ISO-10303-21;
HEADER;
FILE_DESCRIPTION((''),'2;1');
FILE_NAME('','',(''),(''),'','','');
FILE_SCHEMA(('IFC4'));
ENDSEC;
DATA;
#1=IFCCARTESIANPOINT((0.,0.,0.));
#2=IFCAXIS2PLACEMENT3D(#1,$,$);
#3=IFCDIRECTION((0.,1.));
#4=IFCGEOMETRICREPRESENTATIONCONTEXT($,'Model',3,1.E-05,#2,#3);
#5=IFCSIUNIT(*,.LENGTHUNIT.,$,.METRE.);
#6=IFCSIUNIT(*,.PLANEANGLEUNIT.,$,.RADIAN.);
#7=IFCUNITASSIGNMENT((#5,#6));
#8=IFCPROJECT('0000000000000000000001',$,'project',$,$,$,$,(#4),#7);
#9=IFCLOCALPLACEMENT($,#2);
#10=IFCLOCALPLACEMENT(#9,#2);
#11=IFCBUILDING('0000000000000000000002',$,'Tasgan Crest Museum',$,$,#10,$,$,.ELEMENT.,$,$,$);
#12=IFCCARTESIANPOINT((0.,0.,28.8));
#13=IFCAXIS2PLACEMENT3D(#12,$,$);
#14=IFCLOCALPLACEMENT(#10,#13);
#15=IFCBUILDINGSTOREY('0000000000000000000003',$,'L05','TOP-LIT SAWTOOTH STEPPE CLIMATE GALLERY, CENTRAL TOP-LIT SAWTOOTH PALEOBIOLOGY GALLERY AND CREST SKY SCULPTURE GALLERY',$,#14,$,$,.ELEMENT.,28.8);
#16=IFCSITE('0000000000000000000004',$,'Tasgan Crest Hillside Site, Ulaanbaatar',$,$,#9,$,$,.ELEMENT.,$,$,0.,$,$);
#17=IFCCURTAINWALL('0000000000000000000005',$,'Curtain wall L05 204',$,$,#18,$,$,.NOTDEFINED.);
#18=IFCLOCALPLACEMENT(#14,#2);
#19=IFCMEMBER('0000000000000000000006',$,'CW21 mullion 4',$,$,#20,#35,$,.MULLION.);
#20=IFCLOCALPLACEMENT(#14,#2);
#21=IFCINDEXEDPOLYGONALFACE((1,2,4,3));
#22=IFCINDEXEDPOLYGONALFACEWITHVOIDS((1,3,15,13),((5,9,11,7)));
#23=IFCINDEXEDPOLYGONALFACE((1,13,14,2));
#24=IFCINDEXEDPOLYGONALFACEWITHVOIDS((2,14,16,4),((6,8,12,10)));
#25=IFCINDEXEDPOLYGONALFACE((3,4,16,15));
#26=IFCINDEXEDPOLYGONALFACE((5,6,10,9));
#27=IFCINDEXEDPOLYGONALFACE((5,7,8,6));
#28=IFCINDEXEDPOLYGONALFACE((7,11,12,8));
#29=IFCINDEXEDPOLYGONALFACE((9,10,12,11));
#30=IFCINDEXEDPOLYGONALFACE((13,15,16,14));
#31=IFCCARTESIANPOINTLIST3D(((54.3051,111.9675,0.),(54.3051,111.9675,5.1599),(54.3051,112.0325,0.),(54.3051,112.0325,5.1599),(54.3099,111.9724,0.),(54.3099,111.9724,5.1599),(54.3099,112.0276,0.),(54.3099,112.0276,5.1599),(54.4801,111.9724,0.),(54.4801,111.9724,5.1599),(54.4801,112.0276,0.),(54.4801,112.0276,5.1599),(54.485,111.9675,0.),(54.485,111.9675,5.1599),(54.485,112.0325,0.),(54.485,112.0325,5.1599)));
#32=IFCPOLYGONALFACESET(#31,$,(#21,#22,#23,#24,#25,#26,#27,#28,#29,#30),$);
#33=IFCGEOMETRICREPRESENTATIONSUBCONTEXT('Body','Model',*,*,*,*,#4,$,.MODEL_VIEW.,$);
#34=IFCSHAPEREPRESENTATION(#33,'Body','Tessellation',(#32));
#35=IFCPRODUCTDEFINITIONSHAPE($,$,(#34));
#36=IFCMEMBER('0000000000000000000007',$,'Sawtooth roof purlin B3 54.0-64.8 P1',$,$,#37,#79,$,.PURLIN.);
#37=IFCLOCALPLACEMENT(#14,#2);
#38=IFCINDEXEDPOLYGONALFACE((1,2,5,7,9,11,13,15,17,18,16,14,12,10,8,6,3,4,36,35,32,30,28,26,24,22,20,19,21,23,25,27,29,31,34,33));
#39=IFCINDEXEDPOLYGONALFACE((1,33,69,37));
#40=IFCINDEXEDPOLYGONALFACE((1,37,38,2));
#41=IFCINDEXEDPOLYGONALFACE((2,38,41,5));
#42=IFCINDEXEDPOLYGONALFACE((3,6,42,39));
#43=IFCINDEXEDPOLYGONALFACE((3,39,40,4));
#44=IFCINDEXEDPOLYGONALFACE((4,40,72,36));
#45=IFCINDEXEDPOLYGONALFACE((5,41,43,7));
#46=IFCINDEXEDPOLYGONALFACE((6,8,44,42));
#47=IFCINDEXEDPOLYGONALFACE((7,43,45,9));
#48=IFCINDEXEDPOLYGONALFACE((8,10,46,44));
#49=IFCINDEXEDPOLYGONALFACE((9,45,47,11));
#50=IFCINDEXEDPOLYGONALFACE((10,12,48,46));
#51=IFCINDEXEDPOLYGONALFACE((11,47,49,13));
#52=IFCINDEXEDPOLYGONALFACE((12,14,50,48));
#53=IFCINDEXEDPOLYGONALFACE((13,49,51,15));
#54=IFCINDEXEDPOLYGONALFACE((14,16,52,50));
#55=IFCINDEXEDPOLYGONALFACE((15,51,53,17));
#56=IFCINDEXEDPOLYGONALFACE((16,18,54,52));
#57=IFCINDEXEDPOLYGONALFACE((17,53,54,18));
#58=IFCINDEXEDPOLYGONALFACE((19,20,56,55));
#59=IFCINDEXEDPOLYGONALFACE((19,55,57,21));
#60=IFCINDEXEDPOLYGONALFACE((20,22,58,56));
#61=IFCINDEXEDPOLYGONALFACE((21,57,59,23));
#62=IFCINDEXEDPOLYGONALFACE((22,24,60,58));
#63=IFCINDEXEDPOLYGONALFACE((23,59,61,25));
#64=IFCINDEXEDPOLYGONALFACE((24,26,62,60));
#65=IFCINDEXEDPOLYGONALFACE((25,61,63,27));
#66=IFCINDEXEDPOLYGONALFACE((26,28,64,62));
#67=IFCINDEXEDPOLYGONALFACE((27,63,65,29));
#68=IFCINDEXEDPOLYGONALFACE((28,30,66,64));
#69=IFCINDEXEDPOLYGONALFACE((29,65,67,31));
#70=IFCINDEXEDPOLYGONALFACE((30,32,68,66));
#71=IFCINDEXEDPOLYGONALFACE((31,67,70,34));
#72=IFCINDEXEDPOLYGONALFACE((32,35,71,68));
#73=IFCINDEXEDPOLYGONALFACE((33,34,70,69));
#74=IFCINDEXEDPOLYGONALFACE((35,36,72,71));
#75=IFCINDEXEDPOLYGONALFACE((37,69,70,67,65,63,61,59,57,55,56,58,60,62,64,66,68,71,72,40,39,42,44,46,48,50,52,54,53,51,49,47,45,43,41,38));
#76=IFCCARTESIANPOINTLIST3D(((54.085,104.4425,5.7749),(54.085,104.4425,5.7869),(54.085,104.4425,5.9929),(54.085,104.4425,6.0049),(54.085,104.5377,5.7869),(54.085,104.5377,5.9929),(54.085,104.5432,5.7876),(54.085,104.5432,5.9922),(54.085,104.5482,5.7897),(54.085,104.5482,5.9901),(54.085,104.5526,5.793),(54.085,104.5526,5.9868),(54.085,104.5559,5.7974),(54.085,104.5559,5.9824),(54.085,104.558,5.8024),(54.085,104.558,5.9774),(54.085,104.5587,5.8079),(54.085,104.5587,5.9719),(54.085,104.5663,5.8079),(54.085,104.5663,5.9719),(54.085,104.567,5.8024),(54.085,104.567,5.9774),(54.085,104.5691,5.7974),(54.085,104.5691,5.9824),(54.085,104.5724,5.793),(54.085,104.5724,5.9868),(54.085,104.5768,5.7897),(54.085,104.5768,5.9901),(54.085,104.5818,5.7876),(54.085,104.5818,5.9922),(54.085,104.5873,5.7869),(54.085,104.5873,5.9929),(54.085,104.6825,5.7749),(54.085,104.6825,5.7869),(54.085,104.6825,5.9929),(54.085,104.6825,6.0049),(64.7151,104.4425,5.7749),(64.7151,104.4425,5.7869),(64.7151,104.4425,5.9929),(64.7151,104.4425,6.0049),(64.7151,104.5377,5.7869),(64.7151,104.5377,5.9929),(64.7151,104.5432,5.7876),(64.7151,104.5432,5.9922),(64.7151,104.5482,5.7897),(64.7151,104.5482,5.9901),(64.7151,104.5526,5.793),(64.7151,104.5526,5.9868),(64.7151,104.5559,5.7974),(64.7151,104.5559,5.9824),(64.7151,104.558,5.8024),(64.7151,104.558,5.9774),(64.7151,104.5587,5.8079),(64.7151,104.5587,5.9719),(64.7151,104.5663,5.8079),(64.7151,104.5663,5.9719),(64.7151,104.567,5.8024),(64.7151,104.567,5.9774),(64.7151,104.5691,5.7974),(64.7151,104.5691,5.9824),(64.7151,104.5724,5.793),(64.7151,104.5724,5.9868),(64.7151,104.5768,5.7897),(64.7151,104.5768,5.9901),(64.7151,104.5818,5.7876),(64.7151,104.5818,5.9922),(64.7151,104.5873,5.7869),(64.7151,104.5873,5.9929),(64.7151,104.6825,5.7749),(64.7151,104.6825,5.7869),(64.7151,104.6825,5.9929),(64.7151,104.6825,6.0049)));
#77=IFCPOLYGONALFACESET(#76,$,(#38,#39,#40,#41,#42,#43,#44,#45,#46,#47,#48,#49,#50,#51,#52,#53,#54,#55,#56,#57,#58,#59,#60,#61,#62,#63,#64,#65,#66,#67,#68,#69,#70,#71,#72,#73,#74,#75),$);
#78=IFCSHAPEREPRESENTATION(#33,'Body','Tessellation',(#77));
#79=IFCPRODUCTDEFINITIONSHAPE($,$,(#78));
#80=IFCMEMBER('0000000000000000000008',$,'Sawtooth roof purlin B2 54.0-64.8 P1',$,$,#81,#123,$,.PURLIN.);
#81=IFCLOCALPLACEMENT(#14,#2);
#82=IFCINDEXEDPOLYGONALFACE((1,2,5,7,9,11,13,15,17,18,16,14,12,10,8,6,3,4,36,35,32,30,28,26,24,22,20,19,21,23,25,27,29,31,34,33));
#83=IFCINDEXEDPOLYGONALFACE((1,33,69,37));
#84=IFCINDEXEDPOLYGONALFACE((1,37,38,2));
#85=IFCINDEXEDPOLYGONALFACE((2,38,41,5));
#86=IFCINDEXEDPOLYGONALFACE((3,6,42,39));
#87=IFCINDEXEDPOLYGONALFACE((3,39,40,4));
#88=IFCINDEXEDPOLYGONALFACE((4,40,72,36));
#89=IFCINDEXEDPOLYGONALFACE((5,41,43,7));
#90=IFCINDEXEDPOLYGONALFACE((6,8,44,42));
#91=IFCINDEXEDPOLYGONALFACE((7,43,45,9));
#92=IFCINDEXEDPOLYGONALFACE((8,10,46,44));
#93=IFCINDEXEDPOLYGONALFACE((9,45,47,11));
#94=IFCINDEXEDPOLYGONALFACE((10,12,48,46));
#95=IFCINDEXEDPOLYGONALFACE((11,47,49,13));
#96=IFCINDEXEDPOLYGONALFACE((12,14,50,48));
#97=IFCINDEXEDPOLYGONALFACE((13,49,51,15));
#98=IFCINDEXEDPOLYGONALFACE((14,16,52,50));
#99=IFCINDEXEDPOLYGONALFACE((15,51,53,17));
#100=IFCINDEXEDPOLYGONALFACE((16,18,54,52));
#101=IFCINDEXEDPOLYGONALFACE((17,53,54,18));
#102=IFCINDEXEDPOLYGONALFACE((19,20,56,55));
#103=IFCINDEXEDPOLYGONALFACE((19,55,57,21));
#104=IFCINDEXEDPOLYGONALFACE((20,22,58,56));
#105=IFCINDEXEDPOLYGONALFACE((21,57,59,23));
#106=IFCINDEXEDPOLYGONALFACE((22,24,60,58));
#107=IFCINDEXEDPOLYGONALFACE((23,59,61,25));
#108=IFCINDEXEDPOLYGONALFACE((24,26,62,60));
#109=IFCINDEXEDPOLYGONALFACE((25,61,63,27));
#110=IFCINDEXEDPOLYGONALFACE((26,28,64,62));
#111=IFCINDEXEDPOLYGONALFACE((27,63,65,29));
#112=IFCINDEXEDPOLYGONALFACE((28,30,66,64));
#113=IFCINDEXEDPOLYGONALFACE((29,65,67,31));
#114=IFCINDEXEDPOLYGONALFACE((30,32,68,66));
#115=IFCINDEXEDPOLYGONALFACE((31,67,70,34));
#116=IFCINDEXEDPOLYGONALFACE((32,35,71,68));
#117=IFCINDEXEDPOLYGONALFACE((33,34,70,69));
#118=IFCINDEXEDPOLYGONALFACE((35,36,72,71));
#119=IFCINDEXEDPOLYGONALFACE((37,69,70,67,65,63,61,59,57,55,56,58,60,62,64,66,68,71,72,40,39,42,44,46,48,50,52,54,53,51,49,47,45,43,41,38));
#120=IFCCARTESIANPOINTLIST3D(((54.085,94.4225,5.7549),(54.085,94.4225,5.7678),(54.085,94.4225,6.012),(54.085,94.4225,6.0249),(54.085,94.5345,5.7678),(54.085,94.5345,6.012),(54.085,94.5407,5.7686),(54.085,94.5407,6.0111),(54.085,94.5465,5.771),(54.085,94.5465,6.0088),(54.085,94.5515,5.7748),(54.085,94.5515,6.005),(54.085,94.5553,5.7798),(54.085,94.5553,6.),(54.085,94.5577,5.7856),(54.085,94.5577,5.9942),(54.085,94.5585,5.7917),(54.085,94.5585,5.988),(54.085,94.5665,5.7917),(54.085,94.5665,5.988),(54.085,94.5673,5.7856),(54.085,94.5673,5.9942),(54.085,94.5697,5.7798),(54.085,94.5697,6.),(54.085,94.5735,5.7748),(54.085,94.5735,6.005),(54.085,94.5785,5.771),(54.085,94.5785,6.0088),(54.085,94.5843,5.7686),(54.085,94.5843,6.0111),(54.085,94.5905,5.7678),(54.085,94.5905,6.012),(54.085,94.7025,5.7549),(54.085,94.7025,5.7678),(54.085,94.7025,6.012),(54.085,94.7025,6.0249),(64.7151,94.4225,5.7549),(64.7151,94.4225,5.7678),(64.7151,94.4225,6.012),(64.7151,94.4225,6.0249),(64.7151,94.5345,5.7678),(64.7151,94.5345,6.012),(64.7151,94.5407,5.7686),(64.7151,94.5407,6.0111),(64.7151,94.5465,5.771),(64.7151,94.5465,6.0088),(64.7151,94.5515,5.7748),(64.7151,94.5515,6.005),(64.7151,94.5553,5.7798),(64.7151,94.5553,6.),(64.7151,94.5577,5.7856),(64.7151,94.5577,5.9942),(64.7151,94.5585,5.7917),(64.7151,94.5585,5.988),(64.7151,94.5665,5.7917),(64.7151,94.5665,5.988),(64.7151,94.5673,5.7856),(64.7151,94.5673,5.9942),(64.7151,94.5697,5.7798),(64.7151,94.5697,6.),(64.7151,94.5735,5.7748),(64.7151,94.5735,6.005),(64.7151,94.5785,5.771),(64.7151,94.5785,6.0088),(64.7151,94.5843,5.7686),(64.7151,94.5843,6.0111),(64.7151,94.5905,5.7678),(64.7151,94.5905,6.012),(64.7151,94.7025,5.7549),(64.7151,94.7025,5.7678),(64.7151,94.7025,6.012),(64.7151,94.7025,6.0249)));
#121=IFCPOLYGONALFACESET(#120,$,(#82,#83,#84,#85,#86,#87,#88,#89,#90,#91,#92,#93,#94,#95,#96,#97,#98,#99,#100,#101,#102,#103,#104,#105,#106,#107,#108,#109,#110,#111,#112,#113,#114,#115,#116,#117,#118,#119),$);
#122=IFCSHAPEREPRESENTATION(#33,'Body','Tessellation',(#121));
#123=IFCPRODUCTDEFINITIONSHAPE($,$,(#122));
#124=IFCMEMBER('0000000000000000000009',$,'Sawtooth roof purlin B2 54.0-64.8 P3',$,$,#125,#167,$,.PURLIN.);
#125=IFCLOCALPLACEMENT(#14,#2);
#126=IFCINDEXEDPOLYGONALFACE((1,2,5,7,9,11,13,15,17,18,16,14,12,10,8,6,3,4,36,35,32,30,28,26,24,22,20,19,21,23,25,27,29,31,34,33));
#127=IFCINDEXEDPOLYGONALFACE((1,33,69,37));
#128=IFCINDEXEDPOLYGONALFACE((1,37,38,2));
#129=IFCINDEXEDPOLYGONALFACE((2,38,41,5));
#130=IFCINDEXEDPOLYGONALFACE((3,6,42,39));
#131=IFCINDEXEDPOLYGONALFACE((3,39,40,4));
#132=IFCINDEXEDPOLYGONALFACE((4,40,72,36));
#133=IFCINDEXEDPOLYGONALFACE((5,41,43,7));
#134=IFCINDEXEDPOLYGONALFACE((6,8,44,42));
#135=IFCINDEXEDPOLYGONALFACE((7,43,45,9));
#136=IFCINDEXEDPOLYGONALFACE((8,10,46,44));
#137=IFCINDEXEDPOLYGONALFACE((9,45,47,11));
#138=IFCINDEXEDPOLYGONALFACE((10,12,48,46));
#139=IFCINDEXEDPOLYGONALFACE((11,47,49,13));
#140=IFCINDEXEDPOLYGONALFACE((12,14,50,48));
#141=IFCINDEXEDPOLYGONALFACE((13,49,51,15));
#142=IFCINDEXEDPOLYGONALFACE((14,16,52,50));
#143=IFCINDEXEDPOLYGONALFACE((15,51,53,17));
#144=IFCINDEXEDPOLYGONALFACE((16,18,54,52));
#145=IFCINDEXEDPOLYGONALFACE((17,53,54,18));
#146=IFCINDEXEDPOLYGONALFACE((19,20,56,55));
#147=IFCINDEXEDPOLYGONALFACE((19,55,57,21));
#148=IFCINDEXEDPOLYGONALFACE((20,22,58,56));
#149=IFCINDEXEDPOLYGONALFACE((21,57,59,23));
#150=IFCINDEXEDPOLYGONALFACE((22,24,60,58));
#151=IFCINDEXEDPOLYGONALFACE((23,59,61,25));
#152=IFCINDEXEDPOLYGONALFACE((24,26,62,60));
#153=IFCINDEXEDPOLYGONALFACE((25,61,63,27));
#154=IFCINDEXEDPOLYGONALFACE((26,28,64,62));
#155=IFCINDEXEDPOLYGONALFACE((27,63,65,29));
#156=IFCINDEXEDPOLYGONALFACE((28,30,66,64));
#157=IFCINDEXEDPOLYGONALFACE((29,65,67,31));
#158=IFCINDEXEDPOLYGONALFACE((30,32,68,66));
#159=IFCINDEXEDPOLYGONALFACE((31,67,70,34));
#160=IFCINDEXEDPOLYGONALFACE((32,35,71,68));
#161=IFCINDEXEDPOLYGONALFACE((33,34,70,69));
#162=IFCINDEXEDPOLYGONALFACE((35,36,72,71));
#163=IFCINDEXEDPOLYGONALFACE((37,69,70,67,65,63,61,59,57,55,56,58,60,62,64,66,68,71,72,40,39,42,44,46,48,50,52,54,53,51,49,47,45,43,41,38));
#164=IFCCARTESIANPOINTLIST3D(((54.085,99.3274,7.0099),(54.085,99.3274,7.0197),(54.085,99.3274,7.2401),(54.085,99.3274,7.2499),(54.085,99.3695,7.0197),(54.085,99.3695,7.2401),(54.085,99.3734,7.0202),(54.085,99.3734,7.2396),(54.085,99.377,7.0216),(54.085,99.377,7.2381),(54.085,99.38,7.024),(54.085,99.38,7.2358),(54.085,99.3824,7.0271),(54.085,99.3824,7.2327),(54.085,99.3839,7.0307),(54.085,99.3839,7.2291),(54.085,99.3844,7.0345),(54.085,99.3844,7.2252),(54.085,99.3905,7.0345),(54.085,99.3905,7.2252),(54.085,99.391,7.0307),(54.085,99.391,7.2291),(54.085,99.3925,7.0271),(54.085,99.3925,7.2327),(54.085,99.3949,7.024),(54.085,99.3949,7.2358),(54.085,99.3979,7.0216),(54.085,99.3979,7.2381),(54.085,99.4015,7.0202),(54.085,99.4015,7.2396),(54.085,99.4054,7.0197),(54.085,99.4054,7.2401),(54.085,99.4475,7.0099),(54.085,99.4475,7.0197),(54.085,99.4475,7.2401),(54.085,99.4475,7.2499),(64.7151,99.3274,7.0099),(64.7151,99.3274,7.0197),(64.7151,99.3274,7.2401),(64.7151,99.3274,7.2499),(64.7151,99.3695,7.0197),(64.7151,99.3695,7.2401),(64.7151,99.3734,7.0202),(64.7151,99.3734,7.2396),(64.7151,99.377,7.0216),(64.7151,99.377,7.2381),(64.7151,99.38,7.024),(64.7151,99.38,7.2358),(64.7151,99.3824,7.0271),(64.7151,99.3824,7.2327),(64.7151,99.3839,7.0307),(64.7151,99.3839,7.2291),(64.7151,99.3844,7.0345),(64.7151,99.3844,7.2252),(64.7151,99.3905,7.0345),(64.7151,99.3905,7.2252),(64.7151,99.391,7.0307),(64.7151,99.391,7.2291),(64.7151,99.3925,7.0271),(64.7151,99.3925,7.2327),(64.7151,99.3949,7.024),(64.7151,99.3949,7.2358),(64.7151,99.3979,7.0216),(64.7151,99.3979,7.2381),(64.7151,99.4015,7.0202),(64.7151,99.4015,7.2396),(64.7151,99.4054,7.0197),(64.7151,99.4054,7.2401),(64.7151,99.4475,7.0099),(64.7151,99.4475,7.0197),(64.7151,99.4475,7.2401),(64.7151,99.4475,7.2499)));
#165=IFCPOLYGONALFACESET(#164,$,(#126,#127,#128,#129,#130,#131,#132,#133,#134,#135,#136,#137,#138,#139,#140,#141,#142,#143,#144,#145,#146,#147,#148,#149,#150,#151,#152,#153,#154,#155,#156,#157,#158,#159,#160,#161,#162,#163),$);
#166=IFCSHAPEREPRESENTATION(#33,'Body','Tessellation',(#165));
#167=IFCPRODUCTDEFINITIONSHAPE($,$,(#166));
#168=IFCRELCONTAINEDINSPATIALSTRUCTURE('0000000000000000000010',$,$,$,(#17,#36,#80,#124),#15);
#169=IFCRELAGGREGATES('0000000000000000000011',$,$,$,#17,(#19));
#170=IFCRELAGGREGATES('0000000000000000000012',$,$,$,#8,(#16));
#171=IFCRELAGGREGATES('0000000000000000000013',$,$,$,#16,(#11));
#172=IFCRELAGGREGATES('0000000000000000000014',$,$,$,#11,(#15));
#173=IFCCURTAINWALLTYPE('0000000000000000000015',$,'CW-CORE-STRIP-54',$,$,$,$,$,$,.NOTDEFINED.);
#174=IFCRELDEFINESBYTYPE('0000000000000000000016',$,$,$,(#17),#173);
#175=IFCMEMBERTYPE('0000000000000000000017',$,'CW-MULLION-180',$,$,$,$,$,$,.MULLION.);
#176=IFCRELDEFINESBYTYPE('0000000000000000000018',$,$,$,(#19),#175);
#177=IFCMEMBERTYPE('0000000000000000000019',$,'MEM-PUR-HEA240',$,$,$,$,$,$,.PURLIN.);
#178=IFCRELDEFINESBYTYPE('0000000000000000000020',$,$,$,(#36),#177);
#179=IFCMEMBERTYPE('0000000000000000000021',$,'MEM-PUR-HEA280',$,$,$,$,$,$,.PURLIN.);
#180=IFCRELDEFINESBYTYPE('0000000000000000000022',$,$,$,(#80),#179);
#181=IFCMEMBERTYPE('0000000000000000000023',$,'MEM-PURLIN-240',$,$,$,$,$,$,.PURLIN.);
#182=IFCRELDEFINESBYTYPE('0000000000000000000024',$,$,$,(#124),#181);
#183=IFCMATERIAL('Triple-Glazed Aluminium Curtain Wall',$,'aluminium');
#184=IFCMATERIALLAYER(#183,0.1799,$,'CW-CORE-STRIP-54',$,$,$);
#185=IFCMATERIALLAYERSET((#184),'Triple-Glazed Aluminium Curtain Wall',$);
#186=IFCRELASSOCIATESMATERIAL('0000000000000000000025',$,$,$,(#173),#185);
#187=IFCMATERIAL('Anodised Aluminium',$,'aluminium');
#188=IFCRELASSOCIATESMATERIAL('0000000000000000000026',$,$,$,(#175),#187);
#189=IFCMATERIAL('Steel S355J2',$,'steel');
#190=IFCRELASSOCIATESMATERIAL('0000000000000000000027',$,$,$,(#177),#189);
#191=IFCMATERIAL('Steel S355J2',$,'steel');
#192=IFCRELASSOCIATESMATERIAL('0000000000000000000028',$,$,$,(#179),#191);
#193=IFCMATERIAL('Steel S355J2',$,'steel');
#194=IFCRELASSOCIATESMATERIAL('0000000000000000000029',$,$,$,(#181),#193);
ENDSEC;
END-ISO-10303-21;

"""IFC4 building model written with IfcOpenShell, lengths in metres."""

from ifc_helpers import new_model, si_unit, direction, frame, origin, origin_2d, place, context, subcontext, project, spatial, hollow_rectangle, i_section, extrude, material, layer, layer_set, material_profile, profile_set, type_object, element, aggregate, save


model = new_model("IFC4")

# Units and contexts
model_context = context("Model", 3, precision=1e-05, world=origin(), true_north=direction((0.0, 1.0)))
body_context = subcontext(model_context, "Body", "Model", "MODEL_VIEW")
ifc_project = project(units=[si_unit("LENGTHUNIT", "METRE"), si_unit("PLANEANGLEUNIT", "RADIAN")], contexts=[model_context])

# Site, building, storey
site_placement = place(None, origin())
site = spatial("IfcSite", under=ifc_project, at=site_placement, Name="Tasgan Crest Hillside Site, Ulaanbaatar", CompositionType="ELEMENT", RefElevation=0.0)
building_placement = place(site_placement, origin())
building = spatial("IfcBuilding", under=site, at=building_placement, Name="Tasgan Crest Museum", CompositionType="ELEMENT")
storey_placement = place(building_placement, frame((0.0, 0.0, 28.8)))
storey = spatial("IfcBuildingStorey", under=building, at=storey_placement, Name="L05", Description="TOP-LIT SAWTOOTH STEPPE CLIMATE GALLERY, CENTRAL TOP-LIT SAWTOOTH PALEOBIOLOGY GALLERY AND CREST SKY SCULPTURE GALLERY", CompositionType="ELEMENT", Elevation=28.8)

# Curtain wall, member
ifc_material_1 = material(Name="Triple-Glazed Aluminium Curtain Wall", Category="aluminium")
ifc_layer_1 = layer(ifc_material_1, 0.1799, Name="CW-CORE-STRIP-54")
ifc_layer_set_1 = layer_set([ifc_layer_1], Name="Triple-Glazed Aluminium Curtain Wall")
curtain_wall_type = type_object("IfcCurtainWallType", Name="CW-CORE-STRIP-54", PredefinedType="NOTDEFINED", material=ifc_layer_set_1)
curtain_wall_placement = place(storey_placement, origin())
curtain_wall = element("IfcCurtainWall", 1, at=curtain_wall_placement, inside=storey, type_object=curtain_wall_type, Name="Curtain wall L05 204", PredefinedType="NOTDEFINED")
ifc_material_2 = material(Name="Anodised Aluminium", Category="aluminium")
ifc_material_profile_1 = material_profile(ifc_material_2, hollow_rectangle(XDim=0.0649, YDim=0.1799, WallThickness=0.0049, at=origin_2d()), Name="ALU MULLION 180x65x5")
ifc_profile_set_1 = profile_set([ifc_material_profile_1], Name="Anodised Aluminium")
member_type_1 = type_object("IfcMemberType", Name="CW-MULLION-180", PredefinedType="MULLION", material=ifc_profile_set_1)
member_1_placement = place(storey_placement, frame((54.395, 112.0, 0.0), z_axis=(0.0, 0.0, 1.0), x_axis=(0.0, -1.0, 0.0)))
member_1 = element("IfcMember", 2, at=member_1_placement, type_object=member_type_1, Name="CW21 mullion 4", PredefinedType="MULLION", context=body_context, shape_type="SweptSolid", body=[
    extrude(hollow_rectangle(XDim=0.0649, YDim=0.1799, WallThickness=0.0049, at=origin_2d()), origin(), (0.0, 0.0, 1.0), 5.1599),
])

# Members
ifc_material_3 = material(Name="Steel S355J2", Category="steel")
ifc_material_profile_2 = material_profile(ifc_material_3, i_section(OverallWidth=0.24, OverallDepth=0.23, WebThickness=0.0076, FlangeThickness=0.012, FilletRadius=0.021, at=origin_2d()), Name="HEA 240")
ifc_profile_set_2 = profile_set([ifc_material_profile_2], Name="Steel S355J2")
member_type_2 = type_object("IfcMemberType", Name="MEM-PUR-HEA240", PredefinedType="PURLIN", material=ifc_profile_set_2)
member_2_placement = place(storey_placement, frame((54.085, 104.5625, 5.8899), z_axis=(1.0, 0.0, 0.0), x_axis=(0.0, 1.0, 0.0)))
element("IfcMember", 3, at=member_2_placement, inside=storey, type_object=member_type_2, Name="Sawtooth roof purlin B3 54.0-64.8 P1", PredefinedType="PURLIN", context=body_context, shape_type="SweptSolid", body=[
    extrude(i_section(OverallWidth=0.24, OverallDepth=0.23, WebThickness=0.0076, FlangeThickness=0.012, FilletRadius=0.021, at=origin_2d()), origin(), (0.0, 0.0, 1.0), 10.6301),
])
ifc_material_4 = material(Name="Steel S355J2", Category="steel")
ifc_material_profile_3 = material_profile(ifc_material_4, i_section(OverallWidth=0.28, OverallDepth=0.27, WebThickness=0.0081, FlangeThickness=0.0129, FilletRadius=0.0239, at=origin_2d()), Name="HEA 280")
ifc_profile_set_3 = profile_set([ifc_material_profile_3], Name="Steel S355J2")
member_type_3 = type_object("IfcMemberType", Name="MEM-PUR-HEA280", PredefinedType="PURLIN", material=ifc_profile_set_3)
member_3_placement = place(storey_placement, frame((54.085, 94.5625, 5.8899), z_axis=(1.0, 0.0, 0.0), x_axis=(0.0, 1.0, 0.0)))
element("IfcMember", 4, at=member_3_placement, inside=storey, type_object=member_type_3, Name="Sawtooth roof purlin B2 54.0-64.8 P1", PredefinedType="PURLIN", context=body_context, shape_type="SweptSolid", body=[
    extrude(i_section(OverallWidth=0.28, OverallDepth=0.27, WebThickness=0.0081, FlangeThickness=0.0129, FilletRadius=0.0239, at=origin_2d()), origin(), (0.0, 0.0, 1.0), 10.6301),
])
ifc_material_5 = material(Name="Steel S355J2", Category="steel")
ifc_material_profile_4 = material_profile(ifc_material_5, i_section(OverallWidth=0.1201, OverallDepth=0.24, WebThickness=0.0061, FlangeThickness=0.0098, FilletRadius=0.0149, at=origin_2d()), Name="IPE 240")
ifc_profile_set_4 = profile_set([ifc_material_profile_4], Name="Steel S355J2")
member_type_4 = type_object("IfcMemberType", Name="MEM-PURLIN-240", PredefinedType="PURLIN", material=ifc_profile_set_4)
for number, where, z_axis, x_axis, name in (
    (5, (54.085, 99.3875, 7.1299), (1.0, 0.0, 0.0), (0.0, 1.0, 0.0), "Sawtooth roof purlin B2 54.0-64.8 P3"),
):
    element("IfcMember", number, at=place(storey_placement, frame(where, z_axis=z_axis, x_axis=x_axis)), inside=storey, type_object=member_type_4, Name=name, PredefinedType="PURLIN", context=body_context, shape_type="SweptSolid", body=[
        extrude(i_section(OverallWidth=0.1201, OverallDepth=0.24, WebThickness=0.0061, FlangeThickness=0.0098, FilletRadius=0.0149, at=origin_2d()), origin(), (0.0, 0.0, 1.0), 10.6301),
    ])

aggregate(curtain_wall, [member_1])

save(model, "model.ifc")
